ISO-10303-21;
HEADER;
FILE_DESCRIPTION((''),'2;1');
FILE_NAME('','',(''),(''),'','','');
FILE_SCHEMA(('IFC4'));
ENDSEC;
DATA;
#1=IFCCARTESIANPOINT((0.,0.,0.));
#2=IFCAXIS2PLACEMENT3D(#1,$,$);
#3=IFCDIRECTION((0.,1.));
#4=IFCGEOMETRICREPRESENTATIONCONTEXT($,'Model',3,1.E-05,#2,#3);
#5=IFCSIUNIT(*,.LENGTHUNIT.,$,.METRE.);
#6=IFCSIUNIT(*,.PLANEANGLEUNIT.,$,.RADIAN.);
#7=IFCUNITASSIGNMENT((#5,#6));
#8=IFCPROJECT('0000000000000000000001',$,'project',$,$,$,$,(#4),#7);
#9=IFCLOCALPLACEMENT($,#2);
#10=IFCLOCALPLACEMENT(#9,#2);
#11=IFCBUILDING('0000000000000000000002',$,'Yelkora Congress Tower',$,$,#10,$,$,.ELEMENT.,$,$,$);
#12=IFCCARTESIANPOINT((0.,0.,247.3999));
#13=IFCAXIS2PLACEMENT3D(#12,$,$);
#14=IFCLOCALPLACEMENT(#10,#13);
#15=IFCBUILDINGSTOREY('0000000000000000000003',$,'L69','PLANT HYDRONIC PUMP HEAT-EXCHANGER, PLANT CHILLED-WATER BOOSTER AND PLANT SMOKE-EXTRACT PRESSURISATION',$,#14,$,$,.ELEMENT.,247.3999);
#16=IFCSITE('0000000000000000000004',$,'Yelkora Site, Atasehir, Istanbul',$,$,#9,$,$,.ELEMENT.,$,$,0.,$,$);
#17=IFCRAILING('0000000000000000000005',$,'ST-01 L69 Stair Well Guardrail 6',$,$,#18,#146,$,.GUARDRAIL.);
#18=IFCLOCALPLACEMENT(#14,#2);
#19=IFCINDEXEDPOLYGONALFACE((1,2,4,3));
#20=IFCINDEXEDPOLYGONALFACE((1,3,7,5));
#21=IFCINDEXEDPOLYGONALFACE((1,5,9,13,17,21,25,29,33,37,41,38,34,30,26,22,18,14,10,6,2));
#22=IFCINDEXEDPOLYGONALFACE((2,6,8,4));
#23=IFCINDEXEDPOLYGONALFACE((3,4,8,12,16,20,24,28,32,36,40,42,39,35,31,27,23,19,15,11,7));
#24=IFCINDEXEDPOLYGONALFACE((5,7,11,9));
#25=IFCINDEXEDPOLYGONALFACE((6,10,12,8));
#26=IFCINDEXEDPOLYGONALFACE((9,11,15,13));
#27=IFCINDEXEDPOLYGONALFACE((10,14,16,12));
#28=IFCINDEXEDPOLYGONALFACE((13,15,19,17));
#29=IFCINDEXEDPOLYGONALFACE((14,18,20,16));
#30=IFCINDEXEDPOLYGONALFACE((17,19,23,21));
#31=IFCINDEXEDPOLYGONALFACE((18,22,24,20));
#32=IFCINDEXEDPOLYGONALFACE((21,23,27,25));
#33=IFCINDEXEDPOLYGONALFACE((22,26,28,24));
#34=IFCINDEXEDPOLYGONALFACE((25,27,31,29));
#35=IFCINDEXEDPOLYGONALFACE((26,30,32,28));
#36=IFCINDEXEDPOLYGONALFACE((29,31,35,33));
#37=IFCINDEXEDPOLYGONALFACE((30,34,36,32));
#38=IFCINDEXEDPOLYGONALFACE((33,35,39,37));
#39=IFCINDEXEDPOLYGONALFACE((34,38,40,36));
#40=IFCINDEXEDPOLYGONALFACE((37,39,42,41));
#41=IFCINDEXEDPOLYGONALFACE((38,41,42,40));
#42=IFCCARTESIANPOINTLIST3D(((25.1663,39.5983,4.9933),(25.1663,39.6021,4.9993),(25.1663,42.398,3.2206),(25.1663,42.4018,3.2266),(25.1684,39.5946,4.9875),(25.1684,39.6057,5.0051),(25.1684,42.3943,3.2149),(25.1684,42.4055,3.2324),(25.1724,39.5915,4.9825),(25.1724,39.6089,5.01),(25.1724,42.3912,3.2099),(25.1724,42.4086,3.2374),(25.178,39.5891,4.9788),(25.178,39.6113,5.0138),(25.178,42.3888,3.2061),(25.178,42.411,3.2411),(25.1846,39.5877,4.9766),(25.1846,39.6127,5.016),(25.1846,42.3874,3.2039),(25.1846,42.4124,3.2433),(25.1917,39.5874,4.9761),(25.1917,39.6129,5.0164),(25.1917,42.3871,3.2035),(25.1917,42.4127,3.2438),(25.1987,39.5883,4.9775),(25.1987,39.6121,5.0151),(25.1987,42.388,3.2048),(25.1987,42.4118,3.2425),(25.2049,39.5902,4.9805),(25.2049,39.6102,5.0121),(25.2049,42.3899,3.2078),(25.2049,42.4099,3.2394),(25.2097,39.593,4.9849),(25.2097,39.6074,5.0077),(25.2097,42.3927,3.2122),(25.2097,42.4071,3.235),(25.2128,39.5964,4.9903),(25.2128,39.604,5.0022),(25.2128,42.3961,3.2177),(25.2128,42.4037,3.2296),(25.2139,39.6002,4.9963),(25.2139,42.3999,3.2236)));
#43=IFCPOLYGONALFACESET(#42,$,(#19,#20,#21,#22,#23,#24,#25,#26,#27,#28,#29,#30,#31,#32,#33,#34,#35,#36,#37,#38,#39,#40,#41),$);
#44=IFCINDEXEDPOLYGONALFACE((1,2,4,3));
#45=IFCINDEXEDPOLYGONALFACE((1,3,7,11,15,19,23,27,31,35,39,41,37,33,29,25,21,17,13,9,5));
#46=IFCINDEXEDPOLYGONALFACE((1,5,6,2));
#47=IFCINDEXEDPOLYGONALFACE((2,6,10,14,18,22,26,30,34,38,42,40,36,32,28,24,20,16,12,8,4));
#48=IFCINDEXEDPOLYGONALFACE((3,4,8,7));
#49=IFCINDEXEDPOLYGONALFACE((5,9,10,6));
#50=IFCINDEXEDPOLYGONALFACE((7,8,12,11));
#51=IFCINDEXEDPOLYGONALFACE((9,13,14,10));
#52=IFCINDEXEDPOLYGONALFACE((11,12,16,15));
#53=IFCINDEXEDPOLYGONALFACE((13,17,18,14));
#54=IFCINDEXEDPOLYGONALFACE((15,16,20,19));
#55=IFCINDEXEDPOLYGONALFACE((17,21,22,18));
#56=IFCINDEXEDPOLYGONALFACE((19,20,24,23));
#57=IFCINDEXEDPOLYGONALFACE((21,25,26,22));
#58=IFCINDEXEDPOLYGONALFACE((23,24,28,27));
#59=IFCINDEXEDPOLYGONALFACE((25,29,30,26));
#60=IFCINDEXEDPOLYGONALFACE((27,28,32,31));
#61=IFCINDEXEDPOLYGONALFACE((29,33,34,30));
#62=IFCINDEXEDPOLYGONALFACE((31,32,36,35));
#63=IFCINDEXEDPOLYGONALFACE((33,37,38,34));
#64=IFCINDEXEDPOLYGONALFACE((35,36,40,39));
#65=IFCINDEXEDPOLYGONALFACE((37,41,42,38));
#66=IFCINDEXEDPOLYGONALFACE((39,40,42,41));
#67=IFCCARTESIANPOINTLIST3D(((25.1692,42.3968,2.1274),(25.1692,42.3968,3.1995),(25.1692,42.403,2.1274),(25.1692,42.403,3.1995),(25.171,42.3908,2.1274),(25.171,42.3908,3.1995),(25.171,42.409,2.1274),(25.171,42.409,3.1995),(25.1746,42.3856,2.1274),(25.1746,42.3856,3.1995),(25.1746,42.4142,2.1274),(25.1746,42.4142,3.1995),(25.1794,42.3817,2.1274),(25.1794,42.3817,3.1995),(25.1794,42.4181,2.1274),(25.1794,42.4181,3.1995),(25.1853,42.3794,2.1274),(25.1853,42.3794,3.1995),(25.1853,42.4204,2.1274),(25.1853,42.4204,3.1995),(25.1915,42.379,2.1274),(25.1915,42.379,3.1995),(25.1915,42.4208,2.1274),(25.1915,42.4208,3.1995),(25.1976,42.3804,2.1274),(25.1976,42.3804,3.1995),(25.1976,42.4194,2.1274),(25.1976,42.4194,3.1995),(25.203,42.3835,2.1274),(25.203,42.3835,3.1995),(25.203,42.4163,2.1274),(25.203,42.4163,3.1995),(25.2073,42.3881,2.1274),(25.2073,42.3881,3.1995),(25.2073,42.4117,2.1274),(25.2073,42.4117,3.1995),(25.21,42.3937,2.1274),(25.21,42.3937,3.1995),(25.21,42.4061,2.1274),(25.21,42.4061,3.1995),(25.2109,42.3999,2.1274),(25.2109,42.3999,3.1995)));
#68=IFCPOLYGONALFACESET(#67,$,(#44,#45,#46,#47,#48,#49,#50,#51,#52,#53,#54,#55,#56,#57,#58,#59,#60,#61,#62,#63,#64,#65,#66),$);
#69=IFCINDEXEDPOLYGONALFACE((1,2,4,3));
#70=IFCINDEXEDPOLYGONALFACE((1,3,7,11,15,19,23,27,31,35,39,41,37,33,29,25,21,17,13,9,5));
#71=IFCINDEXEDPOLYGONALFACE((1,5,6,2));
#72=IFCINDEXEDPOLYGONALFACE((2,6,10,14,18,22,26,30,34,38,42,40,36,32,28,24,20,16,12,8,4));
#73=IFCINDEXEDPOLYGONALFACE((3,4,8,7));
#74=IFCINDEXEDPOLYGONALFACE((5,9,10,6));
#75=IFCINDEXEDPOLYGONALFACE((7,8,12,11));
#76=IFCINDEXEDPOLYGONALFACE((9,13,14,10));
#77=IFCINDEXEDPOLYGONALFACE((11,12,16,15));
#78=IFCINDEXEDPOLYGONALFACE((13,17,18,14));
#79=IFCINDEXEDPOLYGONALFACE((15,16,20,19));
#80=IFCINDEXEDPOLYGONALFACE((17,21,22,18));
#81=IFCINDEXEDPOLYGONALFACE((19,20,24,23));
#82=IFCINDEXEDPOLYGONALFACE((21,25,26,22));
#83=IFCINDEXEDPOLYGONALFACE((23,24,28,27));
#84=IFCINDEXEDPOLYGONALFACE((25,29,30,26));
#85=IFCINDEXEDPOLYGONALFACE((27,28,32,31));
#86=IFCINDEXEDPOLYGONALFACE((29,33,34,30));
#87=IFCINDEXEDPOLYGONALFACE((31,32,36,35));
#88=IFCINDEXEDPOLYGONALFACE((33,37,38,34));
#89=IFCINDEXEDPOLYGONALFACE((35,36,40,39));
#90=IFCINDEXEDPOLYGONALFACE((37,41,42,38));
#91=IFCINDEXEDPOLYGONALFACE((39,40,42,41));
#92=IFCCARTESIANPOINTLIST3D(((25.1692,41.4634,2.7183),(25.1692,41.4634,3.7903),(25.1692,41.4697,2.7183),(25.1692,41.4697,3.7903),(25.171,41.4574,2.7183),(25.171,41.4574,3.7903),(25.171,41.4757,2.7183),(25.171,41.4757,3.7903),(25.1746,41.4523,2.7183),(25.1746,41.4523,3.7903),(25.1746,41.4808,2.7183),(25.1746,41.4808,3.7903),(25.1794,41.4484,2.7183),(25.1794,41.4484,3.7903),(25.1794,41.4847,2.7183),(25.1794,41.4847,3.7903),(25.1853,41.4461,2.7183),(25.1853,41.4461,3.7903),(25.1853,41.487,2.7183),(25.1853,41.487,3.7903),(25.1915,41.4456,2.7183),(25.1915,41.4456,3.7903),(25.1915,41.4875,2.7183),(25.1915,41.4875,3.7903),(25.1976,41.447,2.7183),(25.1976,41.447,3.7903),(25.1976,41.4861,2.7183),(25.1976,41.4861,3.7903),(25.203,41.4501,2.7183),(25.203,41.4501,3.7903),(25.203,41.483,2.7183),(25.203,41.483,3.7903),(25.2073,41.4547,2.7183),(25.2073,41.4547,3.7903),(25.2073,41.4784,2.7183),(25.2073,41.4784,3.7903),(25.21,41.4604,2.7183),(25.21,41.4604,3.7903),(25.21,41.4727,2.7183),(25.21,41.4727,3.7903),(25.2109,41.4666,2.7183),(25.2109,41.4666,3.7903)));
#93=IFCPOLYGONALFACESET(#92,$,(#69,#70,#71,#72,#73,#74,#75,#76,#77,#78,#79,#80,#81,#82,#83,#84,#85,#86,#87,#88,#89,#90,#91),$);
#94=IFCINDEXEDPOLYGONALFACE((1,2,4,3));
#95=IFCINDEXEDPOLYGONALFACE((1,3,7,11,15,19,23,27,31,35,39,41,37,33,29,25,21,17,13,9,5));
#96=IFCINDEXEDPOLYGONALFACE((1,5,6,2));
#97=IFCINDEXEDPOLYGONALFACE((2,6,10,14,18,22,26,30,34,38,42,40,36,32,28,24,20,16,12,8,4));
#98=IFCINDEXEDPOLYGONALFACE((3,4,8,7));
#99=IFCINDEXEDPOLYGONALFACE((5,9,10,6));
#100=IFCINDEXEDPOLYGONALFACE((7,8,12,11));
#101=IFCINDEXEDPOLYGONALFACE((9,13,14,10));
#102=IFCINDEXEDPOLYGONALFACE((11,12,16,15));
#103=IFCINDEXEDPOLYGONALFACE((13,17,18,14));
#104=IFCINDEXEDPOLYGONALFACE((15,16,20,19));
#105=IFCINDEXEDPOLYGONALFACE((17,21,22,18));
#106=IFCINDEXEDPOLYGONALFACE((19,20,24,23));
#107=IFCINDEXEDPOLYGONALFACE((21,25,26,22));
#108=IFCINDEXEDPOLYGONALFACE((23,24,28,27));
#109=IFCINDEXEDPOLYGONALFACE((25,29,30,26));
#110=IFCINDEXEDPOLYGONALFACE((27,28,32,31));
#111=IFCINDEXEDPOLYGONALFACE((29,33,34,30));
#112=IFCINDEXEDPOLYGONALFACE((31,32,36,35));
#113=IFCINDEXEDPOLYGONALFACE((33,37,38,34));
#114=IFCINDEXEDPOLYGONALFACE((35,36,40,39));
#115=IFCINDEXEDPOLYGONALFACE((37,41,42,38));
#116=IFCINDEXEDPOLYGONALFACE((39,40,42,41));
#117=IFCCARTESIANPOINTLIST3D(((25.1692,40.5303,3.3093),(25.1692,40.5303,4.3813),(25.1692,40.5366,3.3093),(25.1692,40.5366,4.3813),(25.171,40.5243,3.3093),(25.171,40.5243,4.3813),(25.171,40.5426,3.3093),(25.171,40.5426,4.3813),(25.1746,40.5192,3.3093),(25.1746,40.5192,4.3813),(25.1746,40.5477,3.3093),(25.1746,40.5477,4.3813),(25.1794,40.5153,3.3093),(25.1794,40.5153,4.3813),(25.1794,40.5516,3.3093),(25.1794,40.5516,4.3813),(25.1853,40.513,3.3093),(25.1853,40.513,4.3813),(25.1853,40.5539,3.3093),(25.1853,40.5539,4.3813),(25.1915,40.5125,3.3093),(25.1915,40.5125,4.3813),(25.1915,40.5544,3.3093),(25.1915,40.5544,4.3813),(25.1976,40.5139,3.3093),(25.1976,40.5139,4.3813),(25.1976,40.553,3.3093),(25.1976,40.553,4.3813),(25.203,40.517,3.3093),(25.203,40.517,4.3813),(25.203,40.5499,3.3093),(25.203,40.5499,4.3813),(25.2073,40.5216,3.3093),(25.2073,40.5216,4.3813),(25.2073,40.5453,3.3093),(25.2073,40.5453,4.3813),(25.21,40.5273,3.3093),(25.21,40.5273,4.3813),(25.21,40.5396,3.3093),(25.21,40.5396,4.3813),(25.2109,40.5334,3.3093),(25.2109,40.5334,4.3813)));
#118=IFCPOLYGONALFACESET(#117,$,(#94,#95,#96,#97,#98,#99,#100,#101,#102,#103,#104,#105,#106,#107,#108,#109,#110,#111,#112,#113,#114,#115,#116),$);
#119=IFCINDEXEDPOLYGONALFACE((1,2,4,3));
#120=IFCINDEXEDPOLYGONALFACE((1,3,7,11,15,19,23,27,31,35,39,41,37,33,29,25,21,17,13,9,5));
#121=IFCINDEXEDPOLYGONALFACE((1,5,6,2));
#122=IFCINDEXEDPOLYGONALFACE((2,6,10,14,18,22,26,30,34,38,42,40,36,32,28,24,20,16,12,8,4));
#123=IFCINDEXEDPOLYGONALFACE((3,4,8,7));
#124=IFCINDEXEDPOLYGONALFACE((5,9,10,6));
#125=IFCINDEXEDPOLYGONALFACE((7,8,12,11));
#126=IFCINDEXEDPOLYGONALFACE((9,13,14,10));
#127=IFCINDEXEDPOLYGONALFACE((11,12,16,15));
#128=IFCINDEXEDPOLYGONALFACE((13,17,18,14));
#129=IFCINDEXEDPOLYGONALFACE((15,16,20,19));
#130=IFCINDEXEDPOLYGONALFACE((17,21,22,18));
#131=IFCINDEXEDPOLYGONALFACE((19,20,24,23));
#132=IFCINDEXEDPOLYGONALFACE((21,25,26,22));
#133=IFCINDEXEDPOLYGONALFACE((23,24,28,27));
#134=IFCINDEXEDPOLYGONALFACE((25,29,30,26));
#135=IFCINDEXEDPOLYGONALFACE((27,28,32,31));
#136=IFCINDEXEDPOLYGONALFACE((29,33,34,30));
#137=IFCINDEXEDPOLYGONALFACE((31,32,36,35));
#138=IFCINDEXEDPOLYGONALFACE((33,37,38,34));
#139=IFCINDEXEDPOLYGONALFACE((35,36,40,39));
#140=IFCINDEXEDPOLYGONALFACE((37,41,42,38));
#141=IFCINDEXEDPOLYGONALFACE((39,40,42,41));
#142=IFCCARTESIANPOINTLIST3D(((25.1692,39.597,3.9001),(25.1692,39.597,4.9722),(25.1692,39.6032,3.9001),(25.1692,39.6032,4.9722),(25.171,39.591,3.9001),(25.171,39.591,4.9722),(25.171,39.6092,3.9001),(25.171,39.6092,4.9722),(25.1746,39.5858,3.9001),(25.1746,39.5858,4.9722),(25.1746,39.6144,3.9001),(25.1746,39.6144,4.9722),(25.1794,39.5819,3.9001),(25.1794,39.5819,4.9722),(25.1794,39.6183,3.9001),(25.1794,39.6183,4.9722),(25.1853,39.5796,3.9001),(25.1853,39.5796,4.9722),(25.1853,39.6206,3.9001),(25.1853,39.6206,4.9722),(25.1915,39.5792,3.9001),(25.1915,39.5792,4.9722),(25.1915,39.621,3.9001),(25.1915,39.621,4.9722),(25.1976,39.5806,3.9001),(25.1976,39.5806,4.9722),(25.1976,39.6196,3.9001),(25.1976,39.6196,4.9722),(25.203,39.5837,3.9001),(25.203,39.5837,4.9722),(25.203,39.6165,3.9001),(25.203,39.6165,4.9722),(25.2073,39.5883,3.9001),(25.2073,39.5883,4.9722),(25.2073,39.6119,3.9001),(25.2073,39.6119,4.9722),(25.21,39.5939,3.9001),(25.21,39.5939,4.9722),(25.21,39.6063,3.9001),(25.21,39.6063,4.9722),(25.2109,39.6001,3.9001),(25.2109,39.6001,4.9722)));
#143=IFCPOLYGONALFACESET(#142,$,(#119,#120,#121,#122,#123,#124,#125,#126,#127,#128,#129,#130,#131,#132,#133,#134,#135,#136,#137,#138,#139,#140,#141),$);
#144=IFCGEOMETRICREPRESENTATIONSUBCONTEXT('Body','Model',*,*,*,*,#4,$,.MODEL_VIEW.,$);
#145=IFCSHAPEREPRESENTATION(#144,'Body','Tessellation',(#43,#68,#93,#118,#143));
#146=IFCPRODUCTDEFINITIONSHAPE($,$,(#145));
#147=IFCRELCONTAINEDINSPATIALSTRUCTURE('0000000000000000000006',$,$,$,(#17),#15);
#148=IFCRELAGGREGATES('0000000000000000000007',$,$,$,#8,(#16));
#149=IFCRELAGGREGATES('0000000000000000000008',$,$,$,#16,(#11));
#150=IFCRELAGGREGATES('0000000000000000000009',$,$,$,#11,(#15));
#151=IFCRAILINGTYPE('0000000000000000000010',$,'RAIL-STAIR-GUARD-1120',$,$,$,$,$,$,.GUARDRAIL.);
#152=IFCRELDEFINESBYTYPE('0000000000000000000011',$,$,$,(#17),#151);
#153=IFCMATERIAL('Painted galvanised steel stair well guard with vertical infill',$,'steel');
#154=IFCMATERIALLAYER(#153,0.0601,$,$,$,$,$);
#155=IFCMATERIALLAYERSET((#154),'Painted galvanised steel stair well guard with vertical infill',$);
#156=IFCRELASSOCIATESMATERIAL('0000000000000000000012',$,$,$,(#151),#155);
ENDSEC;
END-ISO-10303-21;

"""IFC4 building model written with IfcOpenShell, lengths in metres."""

from ifc_helpers import new_model, si_unit, direction, frame, origin, origin_2d, place, context, subcontext, project, spatial, circle, extrude, material, layer, layer_set, type_object, element, save


model = new_model("IFC4")

# Units and contexts
model_context = context("Model", 3, precision=1e-05, world=origin(), true_north=direction((0.0, 1.0)))
body_context = subcontext(model_context, "Body", "Model", "MODEL_VIEW")
ifc_project = project(units=[si_unit("LENGTHUNIT", "METRE"), si_unit("PLANEANGLEUNIT", "RADIAN")], contexts=[model_context])

# Site, building, storey
site_placement = place(None, origin())
site = spatial("IfcSite", under=ifc_project, at=site_placement, Name="Yelkora Site, Atasehir, Istanbul", CompositionType="ELEMENT", RefElevation=0.0)
building_placement = place(site_placement, origin())
building = spatial("IfcBuilding", under=site, at=building_placement, Name="Yelkora Congress Tower", CompositionType="ELEMENT")
storey_placement = place(building_placement, frame((0.0, 0.0, 247.3999)))
storey = spatial("IfcBuildingStorey", under=building, at=storey_placement, Name="L69", Description="PLANT HYDRONIC PUMP HEAT-EXCHANGER, PLANT CHILLED-WATER BOOSTER AND PLANT SMOKE-EXTRACT PRESSURISATION", CompositionType="ELEMENT", Elevation=247.3999)

# Railing
ifc_material_1 = material(Name="Painted galvanised steel stair well guard with vertical infill", Category="steel")
ifc_layer_1 = layer(ifc_material_1, 0.0601)
ifc_layer_set_1 = layer_set([ifc_layer_1], Name="Painted galvanised steel stair well guard with vertical infill")
railing_type_1 = type_object("IfcRailingType", Name="RAIL-STAIR-GUARD-1120", PredefinedType="GUARDRAIL", material=ifc_layer_set_1)
railing_1_placement = place(storey_placement, frame((25.1899, 42.3999, 2.1274)))
element("IfcRailing", 1, at=railing_1_placement, inside=storey, type_object=railing_type_1, Name="ST-01 L69 Stair Well Guardrail 6", PredefinedType="GUARDRAIL", context=body_context, shape_type="SweptSolid", body=[
    extrude(circle(Radius=0.0239, at=origin_2d()), frame((0.0, 0.0, 1.0962), z_axis=(0.0, -0.844888, 0.534943), x_axis=(1.0, 0.0, 0.0)), (0.0, 0.0, 1.0), 3.3137),
    extrude(circle(Radius=0.021, at=origin_2d()), origin(), (0.0, 0.0, 1.0), 1.072),
    extrude(circle(Radius=0.021, at=origin_2d()), frame((0.0, -0.9333, 0.5908)), (0.0, 0.0, 1.0), 1.072),
    extrude(circle(Radius=0.021, at=origin_2d()), frame((0.0, -1.8665, 1.1819)), (0.0, 0.0, 1.0), 1.072),
    extrude(circle(Radius=0.021, at=origin_2d()), frame((0.0, -2.7998, 1.7727)), (0.0, 0.0, 1.0), 1.072),
])

save(model, "model.ifc")
